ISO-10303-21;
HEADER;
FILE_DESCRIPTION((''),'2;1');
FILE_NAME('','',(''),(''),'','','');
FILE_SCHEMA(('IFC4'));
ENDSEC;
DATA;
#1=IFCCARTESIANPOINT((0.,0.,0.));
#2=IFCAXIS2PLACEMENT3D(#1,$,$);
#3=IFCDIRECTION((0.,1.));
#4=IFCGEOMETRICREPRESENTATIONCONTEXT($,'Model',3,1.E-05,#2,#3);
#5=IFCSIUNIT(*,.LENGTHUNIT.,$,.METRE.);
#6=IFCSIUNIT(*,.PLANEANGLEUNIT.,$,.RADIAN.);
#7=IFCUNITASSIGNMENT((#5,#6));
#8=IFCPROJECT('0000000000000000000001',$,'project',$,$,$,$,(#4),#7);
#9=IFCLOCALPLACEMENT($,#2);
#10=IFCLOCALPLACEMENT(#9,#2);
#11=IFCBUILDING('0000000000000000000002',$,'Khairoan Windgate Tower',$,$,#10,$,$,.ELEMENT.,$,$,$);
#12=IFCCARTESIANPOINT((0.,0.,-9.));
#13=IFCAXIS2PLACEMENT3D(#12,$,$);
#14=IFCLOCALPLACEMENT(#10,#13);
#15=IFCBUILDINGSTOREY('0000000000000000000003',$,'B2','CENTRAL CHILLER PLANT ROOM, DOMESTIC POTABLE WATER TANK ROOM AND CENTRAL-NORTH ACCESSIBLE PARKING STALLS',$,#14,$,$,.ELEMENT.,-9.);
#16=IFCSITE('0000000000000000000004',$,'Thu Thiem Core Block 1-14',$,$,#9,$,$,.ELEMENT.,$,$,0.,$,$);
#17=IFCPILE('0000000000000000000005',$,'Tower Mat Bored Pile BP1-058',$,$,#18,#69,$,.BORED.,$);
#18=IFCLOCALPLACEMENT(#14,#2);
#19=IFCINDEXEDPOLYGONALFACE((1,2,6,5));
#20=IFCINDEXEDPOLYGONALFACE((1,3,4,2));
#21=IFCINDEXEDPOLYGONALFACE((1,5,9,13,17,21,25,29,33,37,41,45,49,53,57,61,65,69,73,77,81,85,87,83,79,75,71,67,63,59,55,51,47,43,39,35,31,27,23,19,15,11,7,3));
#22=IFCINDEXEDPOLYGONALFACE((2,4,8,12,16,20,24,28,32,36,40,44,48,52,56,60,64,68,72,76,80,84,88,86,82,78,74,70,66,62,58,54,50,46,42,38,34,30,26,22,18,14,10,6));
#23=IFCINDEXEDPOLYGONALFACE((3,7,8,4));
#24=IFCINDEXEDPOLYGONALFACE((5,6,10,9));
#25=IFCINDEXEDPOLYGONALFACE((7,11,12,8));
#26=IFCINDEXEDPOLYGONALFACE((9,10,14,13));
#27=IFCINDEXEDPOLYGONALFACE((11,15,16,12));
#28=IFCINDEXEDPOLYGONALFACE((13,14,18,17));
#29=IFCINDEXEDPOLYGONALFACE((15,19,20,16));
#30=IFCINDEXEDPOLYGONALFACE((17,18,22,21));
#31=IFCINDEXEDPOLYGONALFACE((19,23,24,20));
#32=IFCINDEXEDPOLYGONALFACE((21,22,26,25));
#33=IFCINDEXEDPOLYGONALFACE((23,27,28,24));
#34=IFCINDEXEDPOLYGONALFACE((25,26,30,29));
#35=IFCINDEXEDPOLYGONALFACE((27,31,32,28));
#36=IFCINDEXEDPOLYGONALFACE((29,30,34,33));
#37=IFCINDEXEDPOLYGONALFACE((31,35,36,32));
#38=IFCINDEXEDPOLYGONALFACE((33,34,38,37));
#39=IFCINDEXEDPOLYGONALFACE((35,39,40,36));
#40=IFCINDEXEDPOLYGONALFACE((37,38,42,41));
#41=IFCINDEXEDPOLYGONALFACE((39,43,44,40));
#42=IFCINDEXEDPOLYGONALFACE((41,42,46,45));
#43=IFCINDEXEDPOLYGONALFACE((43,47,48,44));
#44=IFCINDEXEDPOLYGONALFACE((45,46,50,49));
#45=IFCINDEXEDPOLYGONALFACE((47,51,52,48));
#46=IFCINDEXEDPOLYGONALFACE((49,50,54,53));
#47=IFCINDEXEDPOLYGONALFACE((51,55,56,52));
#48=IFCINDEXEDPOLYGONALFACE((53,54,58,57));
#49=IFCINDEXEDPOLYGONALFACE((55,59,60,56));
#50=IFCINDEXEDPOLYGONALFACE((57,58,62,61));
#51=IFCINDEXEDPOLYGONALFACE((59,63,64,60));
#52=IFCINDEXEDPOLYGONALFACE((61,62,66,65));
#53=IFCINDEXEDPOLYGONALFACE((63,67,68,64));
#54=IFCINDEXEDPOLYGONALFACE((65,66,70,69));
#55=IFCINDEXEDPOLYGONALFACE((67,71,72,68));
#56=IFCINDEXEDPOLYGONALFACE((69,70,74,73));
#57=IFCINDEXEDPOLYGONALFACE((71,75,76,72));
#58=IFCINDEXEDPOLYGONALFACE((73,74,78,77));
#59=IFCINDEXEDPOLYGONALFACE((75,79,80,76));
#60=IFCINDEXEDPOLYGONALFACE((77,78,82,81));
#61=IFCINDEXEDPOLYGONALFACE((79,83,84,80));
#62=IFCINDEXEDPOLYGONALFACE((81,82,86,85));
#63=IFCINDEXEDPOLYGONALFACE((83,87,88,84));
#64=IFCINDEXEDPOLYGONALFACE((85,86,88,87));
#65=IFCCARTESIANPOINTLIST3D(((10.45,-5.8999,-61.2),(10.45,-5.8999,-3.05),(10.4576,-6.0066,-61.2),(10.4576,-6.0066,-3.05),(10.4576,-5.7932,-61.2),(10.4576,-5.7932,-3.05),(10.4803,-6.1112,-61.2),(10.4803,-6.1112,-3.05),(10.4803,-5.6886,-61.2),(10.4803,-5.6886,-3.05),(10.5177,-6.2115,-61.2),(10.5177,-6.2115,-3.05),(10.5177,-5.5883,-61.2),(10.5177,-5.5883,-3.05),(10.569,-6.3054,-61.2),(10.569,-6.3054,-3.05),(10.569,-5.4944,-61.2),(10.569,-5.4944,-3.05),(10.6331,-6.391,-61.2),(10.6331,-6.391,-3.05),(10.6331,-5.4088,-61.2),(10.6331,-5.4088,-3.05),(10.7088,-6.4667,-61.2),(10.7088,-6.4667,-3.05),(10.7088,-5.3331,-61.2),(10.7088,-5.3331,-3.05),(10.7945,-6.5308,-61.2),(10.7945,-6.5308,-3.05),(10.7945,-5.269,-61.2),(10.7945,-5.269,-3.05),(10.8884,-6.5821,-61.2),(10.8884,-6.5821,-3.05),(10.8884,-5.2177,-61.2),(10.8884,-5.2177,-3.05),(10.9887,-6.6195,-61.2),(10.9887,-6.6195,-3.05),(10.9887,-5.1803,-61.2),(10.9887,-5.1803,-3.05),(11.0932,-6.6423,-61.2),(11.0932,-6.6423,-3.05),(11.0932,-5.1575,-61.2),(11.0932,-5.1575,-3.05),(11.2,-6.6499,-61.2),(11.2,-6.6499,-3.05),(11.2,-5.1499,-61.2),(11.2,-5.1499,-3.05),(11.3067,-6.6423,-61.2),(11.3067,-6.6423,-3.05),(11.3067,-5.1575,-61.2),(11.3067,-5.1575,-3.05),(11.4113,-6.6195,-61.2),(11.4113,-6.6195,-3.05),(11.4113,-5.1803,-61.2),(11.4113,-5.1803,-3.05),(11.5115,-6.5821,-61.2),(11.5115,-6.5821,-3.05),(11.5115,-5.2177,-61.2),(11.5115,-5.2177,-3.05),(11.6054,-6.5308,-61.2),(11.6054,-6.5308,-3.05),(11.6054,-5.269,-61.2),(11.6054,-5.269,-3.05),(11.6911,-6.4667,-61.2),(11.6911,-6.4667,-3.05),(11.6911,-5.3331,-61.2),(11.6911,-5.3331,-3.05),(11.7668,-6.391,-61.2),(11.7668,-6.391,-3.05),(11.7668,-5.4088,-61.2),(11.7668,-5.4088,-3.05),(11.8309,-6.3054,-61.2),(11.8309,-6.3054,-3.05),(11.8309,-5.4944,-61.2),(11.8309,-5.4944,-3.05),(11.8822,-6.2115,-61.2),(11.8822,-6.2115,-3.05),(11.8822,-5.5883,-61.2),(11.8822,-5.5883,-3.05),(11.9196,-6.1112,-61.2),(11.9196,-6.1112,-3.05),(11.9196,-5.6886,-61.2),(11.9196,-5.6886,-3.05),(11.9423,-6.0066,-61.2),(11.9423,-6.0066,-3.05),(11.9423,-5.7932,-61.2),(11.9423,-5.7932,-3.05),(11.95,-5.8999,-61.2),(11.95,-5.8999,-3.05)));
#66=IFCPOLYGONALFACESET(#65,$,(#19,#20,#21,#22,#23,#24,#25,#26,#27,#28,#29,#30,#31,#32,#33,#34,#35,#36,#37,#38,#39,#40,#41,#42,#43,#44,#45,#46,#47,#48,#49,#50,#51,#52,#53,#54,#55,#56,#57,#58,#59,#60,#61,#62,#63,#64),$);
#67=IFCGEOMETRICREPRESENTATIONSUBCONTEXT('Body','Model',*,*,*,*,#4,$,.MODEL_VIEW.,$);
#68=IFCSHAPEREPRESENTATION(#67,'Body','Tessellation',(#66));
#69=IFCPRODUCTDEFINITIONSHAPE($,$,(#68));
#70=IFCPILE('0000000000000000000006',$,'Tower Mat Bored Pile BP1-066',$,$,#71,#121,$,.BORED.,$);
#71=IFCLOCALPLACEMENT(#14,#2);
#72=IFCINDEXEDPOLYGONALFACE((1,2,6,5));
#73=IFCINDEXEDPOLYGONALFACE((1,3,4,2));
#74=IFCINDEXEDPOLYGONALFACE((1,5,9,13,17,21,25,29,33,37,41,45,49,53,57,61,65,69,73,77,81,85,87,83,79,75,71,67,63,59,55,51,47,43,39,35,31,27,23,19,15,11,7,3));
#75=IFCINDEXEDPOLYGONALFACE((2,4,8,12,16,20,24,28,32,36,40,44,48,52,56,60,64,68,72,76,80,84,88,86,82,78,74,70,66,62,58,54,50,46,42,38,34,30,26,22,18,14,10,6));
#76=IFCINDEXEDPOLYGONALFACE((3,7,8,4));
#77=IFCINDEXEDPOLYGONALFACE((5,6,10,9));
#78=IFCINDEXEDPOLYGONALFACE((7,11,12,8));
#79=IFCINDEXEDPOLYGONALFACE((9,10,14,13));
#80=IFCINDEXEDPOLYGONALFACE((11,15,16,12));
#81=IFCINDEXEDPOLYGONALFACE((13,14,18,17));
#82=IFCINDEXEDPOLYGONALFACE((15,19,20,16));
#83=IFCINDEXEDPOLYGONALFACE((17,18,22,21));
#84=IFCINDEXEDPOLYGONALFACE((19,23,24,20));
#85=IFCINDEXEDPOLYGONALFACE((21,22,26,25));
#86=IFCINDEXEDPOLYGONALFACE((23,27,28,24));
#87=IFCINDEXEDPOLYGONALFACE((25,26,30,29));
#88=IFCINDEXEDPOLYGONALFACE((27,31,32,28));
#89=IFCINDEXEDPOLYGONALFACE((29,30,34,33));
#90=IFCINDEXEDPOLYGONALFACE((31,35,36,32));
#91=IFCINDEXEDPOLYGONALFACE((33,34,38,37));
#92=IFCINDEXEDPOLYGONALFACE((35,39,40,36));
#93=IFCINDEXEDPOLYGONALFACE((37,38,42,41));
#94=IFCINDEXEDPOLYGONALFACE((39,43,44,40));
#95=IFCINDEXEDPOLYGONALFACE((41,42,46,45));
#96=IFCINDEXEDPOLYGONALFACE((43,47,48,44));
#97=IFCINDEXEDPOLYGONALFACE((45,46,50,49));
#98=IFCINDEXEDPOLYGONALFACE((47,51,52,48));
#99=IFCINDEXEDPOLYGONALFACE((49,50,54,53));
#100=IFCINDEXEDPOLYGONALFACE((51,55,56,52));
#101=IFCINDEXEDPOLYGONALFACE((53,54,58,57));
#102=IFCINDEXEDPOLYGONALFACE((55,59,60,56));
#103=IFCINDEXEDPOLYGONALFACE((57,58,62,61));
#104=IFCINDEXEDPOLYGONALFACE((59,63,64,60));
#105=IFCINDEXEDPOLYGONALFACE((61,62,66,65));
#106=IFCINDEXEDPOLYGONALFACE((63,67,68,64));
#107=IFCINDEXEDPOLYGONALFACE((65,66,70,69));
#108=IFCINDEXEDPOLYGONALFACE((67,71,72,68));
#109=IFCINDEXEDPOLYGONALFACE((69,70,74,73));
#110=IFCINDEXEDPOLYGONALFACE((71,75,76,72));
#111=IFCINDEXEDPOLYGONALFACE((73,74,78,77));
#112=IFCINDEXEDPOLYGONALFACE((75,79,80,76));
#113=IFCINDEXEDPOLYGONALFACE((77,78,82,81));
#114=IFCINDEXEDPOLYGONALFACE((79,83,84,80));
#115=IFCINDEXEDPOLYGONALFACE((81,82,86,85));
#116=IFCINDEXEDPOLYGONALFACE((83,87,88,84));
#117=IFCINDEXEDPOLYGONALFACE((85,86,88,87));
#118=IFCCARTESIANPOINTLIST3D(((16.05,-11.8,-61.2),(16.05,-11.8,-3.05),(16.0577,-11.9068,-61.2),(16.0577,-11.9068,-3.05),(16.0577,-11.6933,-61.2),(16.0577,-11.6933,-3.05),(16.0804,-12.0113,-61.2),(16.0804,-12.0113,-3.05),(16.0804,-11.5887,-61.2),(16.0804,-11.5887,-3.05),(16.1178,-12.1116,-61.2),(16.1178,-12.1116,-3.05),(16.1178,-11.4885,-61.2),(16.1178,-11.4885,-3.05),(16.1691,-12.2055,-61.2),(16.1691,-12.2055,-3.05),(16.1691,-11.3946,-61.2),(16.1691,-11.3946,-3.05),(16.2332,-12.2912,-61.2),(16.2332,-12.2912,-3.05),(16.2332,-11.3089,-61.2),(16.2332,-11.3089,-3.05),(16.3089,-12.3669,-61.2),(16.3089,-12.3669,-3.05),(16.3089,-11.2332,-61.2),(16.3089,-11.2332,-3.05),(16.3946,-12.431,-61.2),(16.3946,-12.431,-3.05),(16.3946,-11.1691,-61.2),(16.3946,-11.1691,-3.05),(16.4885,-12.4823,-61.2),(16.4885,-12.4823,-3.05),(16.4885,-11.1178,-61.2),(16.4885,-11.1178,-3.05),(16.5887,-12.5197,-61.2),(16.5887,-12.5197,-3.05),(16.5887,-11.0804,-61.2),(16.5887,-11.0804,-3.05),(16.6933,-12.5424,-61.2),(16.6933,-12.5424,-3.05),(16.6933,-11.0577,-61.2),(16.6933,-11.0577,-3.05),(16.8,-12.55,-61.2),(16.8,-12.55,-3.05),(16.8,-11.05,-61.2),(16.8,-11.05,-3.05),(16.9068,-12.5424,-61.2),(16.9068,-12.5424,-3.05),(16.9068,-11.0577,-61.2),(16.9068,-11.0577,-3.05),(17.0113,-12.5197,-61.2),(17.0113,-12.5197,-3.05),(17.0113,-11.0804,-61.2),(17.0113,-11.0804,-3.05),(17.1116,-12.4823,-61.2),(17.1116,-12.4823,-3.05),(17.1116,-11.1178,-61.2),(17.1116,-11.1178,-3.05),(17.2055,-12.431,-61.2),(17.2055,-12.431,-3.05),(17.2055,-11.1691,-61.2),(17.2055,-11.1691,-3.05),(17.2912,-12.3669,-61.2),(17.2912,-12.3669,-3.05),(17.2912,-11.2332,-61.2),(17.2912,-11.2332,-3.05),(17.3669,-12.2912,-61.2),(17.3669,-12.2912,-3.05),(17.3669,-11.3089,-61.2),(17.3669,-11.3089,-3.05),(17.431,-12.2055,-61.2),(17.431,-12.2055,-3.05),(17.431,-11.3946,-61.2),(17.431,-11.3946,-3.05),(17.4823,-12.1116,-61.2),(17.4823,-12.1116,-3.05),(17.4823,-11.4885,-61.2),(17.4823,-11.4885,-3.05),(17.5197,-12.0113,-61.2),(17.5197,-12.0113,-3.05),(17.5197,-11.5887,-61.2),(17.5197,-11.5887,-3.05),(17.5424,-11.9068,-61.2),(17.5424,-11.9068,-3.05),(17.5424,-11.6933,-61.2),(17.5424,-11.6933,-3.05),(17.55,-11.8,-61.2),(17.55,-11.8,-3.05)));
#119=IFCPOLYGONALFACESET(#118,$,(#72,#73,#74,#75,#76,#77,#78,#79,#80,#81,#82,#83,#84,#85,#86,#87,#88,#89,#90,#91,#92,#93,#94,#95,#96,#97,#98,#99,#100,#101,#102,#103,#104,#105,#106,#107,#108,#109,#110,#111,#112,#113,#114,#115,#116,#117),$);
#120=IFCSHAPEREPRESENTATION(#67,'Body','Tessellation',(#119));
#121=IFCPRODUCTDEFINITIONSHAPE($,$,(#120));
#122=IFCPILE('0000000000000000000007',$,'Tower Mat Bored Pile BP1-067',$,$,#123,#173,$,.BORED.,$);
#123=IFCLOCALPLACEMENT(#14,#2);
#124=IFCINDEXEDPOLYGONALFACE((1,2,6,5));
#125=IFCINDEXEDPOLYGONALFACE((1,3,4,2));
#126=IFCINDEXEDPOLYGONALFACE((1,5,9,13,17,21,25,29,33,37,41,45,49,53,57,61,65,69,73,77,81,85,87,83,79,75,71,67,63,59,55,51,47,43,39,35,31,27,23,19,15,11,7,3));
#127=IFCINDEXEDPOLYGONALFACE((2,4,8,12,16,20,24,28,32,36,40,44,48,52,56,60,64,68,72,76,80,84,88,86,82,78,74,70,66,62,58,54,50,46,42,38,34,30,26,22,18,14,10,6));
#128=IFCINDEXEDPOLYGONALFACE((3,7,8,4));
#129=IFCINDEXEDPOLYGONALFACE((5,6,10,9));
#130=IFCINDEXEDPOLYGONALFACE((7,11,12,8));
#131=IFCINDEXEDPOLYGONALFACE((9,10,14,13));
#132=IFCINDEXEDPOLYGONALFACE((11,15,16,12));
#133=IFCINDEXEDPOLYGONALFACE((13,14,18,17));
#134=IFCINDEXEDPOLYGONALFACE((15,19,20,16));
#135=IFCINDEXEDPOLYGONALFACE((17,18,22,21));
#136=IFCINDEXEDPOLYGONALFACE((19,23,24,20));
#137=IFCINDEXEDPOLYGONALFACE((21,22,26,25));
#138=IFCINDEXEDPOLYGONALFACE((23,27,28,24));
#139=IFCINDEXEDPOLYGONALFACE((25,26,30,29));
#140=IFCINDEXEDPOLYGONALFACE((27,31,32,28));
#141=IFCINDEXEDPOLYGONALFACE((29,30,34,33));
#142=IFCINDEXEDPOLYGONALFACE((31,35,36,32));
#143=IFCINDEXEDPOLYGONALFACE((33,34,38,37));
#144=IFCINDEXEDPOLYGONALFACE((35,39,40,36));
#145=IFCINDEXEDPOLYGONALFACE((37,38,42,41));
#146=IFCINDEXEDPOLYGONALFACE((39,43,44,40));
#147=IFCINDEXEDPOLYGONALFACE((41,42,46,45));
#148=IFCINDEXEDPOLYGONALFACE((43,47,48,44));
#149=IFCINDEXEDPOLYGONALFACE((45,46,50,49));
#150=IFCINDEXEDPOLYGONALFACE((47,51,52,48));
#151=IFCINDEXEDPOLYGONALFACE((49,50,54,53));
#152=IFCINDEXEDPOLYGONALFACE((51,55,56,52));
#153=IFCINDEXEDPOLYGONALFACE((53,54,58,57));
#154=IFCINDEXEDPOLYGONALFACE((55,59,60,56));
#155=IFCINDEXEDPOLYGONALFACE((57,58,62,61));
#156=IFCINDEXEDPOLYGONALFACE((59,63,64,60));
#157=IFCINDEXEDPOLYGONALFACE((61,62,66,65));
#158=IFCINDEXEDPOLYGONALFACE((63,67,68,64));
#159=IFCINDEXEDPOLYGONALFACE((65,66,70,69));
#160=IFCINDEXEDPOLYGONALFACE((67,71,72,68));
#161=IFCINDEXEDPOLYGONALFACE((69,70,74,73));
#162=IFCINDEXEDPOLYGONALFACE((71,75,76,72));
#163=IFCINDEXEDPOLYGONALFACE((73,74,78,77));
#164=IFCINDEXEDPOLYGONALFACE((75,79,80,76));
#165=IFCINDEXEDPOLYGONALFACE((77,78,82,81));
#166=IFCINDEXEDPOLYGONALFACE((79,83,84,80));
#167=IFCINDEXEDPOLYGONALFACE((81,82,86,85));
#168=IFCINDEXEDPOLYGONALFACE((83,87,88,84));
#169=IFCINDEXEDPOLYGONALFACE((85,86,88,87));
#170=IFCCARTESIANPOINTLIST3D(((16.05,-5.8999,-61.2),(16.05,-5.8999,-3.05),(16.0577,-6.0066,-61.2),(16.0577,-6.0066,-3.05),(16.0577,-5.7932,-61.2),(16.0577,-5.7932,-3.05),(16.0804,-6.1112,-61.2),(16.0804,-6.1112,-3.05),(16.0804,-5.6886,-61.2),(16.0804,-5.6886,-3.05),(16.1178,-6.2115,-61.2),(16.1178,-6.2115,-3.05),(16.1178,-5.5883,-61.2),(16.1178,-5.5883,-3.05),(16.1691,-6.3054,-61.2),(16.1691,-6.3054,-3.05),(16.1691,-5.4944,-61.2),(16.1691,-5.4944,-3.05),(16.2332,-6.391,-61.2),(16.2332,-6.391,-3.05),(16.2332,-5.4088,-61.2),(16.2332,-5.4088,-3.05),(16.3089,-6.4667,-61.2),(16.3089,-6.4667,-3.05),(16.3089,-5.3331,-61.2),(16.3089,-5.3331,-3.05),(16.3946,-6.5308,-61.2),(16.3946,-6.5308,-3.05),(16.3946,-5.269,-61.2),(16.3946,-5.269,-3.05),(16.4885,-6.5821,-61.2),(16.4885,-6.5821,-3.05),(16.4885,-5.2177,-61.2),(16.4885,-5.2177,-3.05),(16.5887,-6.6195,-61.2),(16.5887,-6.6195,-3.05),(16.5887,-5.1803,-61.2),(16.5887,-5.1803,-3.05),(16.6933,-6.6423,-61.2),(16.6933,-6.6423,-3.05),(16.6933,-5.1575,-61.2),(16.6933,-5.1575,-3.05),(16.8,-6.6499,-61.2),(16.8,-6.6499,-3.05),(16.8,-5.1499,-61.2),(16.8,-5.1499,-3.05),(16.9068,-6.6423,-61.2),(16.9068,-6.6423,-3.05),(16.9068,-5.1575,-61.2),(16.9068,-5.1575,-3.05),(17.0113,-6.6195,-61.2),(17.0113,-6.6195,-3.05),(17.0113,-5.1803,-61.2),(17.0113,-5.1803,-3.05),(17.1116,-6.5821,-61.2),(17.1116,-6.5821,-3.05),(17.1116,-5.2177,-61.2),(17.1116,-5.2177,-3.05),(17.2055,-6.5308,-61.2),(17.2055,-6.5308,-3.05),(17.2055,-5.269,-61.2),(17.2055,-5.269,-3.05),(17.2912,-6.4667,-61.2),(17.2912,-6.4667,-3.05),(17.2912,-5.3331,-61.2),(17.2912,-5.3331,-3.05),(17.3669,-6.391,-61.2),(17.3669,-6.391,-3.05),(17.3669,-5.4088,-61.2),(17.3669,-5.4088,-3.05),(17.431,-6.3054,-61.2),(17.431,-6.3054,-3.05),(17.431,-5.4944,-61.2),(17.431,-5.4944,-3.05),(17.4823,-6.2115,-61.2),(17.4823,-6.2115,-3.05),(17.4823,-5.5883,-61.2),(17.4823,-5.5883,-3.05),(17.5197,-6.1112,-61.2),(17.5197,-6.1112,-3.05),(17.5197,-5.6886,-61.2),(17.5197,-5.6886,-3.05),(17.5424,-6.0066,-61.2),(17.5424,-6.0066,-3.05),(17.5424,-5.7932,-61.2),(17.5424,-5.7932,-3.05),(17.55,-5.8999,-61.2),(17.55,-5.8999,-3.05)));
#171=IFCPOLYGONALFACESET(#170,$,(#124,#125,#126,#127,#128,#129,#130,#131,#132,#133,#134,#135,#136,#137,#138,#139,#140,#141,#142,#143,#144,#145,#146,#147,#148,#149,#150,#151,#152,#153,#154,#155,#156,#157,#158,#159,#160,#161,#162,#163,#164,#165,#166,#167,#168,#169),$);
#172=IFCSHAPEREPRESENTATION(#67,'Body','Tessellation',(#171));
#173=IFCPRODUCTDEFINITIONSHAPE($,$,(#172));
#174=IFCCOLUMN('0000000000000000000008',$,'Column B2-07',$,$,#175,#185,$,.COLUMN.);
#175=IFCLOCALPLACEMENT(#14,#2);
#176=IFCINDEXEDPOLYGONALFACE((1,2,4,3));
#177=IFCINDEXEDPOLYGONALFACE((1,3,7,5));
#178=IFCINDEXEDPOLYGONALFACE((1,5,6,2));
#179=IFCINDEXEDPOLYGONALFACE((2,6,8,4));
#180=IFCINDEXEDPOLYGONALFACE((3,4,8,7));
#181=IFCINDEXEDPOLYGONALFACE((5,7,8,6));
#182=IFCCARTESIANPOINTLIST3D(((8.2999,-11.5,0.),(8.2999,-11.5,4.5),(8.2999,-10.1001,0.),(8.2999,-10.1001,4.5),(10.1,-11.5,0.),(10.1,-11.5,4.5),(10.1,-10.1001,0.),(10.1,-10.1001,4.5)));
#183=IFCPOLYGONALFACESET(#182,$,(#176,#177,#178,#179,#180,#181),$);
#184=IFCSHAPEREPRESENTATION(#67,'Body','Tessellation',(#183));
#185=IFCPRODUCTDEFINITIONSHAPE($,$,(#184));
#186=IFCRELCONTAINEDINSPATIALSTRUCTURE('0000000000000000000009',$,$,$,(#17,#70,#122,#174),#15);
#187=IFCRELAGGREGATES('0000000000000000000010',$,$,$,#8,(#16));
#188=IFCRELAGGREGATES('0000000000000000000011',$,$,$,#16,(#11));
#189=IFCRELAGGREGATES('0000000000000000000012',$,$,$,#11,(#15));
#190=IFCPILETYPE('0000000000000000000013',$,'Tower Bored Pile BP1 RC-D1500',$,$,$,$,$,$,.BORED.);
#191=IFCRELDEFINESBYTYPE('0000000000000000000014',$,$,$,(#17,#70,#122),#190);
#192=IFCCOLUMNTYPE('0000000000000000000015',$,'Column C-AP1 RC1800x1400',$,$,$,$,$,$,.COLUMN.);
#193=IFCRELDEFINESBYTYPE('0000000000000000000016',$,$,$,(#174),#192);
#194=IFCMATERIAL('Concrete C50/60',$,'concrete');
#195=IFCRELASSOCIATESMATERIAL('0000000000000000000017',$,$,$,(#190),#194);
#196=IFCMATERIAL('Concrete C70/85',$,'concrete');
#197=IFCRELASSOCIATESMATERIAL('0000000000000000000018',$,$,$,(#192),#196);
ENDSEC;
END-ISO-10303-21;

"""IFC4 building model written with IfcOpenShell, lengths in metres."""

from ifc_helpers import new_model, si_unit, direction, frame, origin, origin_2d, place, context, subcontext, project, spatial, rectangle, circle, extrude, material, material_profile, profile_set, type_object, element, save


model = new_model("IFC4")

# Units and contexts
model_context = context("Model", 3, precision=1e-05, world=origin(), true_north=direction((0.0, 1.0)))
body_context = subcontext(model_context, "Body", "Model", "MODEL_VIEW")
ifc_project = project(units=[si_unit("LENGTHUNIT", "METRE"), si_unit("PLANEANGLEUNIT", "RADIAN")], contexts=[model_context])

# Site, building, storey
site_placement = place(None, origin())
site = spatial("IfcSite", under=ifc_project, at=site_placement, Name="Thu Thiem Core Block 1-14", CompositionType="ELEMENT", RefElevation=0.0)
building_placement = place(site_placement, origin())
building = spatial("IfcBuilding", under=site, at=building_placement, Name="Khairoan Windgate Tower", CompositionType="ELEMENT")
storey_placement = place(building_placement, frame((0.0, 0.0, -9.0)))
storey = spatial("IfcBuildingStorey", under=building, at=storey_placement, Name="B2", Description="CENTRAL CHILLER PLANT ROOM, DOMESTIC POTABLE WATER TANK ROOM AND CENTRAL-NORTH ACCESSIBLE PARKING STALLS", CompositionType="ELEMENT", Elevation=-9.0)

# Piles
ifc_material_1 = material(Name="Concrete C50/60", Category="concrete")
ifc_material_profile_1 = material_profile(ifc_material_1, circle(Radius=0.75, at=origin_2d()))
ifc_profile_set_1 = profile_set([ifc_material_profile_1], Name="Concrete C50/60")
pile_type = type_object("IfcPileType", Name="Tower Bored Pile BP1 RC-D1500", PredefinedType="BORED", material=ifc_profile_set_1)
for number, where, z_axis, x_axis, name in (
    (1, (11.2, -5.8999, -3.05), (0.0, 0.0, -1.0), (1.0, 0.0, 0.0), "Tower Mat Bored Pile BP1-058"),
    (2, (16.8, -11.8, -3.05), (0.0, 0.0, -1.0), (1.0, 0.0, 0.0), "Tower Mat Bored Pile BP1-066"),
    (3, (16.8, -5.8999, -3.05), (0.0, 0.0, -1.0), (1.0, 0.0, 0.0), "Tower Mat Bored Pile BP1-067"),
):
    element("IfcPile", number, at=place(storey_placement, frame(where, z_axis=z_axis, x_axis=x_axis)), inside=storey, type_object=pile_type, Name=name, PredefinedType="BORED", context=body_context, shape_type="SweptSolid", body=[
        extrude(circle(Radius=0.75, at=origin_2d()), origin(), (0.0, 0.0, 1.0), 58.1499),
    ])

# Column
ifc_material_2 = material(Name="Concrete C70/85", Category="concrete")
ifc_material_profile_2 = material_profile(ifc_material_2, rectangle(XDim=1.8, YDim=1.3999, at=origin_2d()))
ifc_profile_set_2 = profile_set([ifc_material_profile_2], Name="Concrete C70/85")
column_type = type_object("IfcColumnType", Name="Column C-AP1 RC1800x1400", PredefinedType="COLUMN", material=ifc_profile_set_2)
column_placement = place(storey_placement, frame((9.2, -10.8, 0.0), z_axis=(0.0, 0.0, 1.0), x_axis=(1.0, 0.0, 0.0)))
element("IfcColumn", 4, at=column_placement, inside=storey, type_object=column_type, Name="Column B2-07", PredefinedType="COLUMN", context=body_context, shape_type="SweptSolid", body=[
    extrude(rectangle(XDim=1.8, YDim=1.3999, at=origin_2d()), origin(), (0.0, 0.0, 1.0), 4.5),
])

save(model, "model.ifc")
